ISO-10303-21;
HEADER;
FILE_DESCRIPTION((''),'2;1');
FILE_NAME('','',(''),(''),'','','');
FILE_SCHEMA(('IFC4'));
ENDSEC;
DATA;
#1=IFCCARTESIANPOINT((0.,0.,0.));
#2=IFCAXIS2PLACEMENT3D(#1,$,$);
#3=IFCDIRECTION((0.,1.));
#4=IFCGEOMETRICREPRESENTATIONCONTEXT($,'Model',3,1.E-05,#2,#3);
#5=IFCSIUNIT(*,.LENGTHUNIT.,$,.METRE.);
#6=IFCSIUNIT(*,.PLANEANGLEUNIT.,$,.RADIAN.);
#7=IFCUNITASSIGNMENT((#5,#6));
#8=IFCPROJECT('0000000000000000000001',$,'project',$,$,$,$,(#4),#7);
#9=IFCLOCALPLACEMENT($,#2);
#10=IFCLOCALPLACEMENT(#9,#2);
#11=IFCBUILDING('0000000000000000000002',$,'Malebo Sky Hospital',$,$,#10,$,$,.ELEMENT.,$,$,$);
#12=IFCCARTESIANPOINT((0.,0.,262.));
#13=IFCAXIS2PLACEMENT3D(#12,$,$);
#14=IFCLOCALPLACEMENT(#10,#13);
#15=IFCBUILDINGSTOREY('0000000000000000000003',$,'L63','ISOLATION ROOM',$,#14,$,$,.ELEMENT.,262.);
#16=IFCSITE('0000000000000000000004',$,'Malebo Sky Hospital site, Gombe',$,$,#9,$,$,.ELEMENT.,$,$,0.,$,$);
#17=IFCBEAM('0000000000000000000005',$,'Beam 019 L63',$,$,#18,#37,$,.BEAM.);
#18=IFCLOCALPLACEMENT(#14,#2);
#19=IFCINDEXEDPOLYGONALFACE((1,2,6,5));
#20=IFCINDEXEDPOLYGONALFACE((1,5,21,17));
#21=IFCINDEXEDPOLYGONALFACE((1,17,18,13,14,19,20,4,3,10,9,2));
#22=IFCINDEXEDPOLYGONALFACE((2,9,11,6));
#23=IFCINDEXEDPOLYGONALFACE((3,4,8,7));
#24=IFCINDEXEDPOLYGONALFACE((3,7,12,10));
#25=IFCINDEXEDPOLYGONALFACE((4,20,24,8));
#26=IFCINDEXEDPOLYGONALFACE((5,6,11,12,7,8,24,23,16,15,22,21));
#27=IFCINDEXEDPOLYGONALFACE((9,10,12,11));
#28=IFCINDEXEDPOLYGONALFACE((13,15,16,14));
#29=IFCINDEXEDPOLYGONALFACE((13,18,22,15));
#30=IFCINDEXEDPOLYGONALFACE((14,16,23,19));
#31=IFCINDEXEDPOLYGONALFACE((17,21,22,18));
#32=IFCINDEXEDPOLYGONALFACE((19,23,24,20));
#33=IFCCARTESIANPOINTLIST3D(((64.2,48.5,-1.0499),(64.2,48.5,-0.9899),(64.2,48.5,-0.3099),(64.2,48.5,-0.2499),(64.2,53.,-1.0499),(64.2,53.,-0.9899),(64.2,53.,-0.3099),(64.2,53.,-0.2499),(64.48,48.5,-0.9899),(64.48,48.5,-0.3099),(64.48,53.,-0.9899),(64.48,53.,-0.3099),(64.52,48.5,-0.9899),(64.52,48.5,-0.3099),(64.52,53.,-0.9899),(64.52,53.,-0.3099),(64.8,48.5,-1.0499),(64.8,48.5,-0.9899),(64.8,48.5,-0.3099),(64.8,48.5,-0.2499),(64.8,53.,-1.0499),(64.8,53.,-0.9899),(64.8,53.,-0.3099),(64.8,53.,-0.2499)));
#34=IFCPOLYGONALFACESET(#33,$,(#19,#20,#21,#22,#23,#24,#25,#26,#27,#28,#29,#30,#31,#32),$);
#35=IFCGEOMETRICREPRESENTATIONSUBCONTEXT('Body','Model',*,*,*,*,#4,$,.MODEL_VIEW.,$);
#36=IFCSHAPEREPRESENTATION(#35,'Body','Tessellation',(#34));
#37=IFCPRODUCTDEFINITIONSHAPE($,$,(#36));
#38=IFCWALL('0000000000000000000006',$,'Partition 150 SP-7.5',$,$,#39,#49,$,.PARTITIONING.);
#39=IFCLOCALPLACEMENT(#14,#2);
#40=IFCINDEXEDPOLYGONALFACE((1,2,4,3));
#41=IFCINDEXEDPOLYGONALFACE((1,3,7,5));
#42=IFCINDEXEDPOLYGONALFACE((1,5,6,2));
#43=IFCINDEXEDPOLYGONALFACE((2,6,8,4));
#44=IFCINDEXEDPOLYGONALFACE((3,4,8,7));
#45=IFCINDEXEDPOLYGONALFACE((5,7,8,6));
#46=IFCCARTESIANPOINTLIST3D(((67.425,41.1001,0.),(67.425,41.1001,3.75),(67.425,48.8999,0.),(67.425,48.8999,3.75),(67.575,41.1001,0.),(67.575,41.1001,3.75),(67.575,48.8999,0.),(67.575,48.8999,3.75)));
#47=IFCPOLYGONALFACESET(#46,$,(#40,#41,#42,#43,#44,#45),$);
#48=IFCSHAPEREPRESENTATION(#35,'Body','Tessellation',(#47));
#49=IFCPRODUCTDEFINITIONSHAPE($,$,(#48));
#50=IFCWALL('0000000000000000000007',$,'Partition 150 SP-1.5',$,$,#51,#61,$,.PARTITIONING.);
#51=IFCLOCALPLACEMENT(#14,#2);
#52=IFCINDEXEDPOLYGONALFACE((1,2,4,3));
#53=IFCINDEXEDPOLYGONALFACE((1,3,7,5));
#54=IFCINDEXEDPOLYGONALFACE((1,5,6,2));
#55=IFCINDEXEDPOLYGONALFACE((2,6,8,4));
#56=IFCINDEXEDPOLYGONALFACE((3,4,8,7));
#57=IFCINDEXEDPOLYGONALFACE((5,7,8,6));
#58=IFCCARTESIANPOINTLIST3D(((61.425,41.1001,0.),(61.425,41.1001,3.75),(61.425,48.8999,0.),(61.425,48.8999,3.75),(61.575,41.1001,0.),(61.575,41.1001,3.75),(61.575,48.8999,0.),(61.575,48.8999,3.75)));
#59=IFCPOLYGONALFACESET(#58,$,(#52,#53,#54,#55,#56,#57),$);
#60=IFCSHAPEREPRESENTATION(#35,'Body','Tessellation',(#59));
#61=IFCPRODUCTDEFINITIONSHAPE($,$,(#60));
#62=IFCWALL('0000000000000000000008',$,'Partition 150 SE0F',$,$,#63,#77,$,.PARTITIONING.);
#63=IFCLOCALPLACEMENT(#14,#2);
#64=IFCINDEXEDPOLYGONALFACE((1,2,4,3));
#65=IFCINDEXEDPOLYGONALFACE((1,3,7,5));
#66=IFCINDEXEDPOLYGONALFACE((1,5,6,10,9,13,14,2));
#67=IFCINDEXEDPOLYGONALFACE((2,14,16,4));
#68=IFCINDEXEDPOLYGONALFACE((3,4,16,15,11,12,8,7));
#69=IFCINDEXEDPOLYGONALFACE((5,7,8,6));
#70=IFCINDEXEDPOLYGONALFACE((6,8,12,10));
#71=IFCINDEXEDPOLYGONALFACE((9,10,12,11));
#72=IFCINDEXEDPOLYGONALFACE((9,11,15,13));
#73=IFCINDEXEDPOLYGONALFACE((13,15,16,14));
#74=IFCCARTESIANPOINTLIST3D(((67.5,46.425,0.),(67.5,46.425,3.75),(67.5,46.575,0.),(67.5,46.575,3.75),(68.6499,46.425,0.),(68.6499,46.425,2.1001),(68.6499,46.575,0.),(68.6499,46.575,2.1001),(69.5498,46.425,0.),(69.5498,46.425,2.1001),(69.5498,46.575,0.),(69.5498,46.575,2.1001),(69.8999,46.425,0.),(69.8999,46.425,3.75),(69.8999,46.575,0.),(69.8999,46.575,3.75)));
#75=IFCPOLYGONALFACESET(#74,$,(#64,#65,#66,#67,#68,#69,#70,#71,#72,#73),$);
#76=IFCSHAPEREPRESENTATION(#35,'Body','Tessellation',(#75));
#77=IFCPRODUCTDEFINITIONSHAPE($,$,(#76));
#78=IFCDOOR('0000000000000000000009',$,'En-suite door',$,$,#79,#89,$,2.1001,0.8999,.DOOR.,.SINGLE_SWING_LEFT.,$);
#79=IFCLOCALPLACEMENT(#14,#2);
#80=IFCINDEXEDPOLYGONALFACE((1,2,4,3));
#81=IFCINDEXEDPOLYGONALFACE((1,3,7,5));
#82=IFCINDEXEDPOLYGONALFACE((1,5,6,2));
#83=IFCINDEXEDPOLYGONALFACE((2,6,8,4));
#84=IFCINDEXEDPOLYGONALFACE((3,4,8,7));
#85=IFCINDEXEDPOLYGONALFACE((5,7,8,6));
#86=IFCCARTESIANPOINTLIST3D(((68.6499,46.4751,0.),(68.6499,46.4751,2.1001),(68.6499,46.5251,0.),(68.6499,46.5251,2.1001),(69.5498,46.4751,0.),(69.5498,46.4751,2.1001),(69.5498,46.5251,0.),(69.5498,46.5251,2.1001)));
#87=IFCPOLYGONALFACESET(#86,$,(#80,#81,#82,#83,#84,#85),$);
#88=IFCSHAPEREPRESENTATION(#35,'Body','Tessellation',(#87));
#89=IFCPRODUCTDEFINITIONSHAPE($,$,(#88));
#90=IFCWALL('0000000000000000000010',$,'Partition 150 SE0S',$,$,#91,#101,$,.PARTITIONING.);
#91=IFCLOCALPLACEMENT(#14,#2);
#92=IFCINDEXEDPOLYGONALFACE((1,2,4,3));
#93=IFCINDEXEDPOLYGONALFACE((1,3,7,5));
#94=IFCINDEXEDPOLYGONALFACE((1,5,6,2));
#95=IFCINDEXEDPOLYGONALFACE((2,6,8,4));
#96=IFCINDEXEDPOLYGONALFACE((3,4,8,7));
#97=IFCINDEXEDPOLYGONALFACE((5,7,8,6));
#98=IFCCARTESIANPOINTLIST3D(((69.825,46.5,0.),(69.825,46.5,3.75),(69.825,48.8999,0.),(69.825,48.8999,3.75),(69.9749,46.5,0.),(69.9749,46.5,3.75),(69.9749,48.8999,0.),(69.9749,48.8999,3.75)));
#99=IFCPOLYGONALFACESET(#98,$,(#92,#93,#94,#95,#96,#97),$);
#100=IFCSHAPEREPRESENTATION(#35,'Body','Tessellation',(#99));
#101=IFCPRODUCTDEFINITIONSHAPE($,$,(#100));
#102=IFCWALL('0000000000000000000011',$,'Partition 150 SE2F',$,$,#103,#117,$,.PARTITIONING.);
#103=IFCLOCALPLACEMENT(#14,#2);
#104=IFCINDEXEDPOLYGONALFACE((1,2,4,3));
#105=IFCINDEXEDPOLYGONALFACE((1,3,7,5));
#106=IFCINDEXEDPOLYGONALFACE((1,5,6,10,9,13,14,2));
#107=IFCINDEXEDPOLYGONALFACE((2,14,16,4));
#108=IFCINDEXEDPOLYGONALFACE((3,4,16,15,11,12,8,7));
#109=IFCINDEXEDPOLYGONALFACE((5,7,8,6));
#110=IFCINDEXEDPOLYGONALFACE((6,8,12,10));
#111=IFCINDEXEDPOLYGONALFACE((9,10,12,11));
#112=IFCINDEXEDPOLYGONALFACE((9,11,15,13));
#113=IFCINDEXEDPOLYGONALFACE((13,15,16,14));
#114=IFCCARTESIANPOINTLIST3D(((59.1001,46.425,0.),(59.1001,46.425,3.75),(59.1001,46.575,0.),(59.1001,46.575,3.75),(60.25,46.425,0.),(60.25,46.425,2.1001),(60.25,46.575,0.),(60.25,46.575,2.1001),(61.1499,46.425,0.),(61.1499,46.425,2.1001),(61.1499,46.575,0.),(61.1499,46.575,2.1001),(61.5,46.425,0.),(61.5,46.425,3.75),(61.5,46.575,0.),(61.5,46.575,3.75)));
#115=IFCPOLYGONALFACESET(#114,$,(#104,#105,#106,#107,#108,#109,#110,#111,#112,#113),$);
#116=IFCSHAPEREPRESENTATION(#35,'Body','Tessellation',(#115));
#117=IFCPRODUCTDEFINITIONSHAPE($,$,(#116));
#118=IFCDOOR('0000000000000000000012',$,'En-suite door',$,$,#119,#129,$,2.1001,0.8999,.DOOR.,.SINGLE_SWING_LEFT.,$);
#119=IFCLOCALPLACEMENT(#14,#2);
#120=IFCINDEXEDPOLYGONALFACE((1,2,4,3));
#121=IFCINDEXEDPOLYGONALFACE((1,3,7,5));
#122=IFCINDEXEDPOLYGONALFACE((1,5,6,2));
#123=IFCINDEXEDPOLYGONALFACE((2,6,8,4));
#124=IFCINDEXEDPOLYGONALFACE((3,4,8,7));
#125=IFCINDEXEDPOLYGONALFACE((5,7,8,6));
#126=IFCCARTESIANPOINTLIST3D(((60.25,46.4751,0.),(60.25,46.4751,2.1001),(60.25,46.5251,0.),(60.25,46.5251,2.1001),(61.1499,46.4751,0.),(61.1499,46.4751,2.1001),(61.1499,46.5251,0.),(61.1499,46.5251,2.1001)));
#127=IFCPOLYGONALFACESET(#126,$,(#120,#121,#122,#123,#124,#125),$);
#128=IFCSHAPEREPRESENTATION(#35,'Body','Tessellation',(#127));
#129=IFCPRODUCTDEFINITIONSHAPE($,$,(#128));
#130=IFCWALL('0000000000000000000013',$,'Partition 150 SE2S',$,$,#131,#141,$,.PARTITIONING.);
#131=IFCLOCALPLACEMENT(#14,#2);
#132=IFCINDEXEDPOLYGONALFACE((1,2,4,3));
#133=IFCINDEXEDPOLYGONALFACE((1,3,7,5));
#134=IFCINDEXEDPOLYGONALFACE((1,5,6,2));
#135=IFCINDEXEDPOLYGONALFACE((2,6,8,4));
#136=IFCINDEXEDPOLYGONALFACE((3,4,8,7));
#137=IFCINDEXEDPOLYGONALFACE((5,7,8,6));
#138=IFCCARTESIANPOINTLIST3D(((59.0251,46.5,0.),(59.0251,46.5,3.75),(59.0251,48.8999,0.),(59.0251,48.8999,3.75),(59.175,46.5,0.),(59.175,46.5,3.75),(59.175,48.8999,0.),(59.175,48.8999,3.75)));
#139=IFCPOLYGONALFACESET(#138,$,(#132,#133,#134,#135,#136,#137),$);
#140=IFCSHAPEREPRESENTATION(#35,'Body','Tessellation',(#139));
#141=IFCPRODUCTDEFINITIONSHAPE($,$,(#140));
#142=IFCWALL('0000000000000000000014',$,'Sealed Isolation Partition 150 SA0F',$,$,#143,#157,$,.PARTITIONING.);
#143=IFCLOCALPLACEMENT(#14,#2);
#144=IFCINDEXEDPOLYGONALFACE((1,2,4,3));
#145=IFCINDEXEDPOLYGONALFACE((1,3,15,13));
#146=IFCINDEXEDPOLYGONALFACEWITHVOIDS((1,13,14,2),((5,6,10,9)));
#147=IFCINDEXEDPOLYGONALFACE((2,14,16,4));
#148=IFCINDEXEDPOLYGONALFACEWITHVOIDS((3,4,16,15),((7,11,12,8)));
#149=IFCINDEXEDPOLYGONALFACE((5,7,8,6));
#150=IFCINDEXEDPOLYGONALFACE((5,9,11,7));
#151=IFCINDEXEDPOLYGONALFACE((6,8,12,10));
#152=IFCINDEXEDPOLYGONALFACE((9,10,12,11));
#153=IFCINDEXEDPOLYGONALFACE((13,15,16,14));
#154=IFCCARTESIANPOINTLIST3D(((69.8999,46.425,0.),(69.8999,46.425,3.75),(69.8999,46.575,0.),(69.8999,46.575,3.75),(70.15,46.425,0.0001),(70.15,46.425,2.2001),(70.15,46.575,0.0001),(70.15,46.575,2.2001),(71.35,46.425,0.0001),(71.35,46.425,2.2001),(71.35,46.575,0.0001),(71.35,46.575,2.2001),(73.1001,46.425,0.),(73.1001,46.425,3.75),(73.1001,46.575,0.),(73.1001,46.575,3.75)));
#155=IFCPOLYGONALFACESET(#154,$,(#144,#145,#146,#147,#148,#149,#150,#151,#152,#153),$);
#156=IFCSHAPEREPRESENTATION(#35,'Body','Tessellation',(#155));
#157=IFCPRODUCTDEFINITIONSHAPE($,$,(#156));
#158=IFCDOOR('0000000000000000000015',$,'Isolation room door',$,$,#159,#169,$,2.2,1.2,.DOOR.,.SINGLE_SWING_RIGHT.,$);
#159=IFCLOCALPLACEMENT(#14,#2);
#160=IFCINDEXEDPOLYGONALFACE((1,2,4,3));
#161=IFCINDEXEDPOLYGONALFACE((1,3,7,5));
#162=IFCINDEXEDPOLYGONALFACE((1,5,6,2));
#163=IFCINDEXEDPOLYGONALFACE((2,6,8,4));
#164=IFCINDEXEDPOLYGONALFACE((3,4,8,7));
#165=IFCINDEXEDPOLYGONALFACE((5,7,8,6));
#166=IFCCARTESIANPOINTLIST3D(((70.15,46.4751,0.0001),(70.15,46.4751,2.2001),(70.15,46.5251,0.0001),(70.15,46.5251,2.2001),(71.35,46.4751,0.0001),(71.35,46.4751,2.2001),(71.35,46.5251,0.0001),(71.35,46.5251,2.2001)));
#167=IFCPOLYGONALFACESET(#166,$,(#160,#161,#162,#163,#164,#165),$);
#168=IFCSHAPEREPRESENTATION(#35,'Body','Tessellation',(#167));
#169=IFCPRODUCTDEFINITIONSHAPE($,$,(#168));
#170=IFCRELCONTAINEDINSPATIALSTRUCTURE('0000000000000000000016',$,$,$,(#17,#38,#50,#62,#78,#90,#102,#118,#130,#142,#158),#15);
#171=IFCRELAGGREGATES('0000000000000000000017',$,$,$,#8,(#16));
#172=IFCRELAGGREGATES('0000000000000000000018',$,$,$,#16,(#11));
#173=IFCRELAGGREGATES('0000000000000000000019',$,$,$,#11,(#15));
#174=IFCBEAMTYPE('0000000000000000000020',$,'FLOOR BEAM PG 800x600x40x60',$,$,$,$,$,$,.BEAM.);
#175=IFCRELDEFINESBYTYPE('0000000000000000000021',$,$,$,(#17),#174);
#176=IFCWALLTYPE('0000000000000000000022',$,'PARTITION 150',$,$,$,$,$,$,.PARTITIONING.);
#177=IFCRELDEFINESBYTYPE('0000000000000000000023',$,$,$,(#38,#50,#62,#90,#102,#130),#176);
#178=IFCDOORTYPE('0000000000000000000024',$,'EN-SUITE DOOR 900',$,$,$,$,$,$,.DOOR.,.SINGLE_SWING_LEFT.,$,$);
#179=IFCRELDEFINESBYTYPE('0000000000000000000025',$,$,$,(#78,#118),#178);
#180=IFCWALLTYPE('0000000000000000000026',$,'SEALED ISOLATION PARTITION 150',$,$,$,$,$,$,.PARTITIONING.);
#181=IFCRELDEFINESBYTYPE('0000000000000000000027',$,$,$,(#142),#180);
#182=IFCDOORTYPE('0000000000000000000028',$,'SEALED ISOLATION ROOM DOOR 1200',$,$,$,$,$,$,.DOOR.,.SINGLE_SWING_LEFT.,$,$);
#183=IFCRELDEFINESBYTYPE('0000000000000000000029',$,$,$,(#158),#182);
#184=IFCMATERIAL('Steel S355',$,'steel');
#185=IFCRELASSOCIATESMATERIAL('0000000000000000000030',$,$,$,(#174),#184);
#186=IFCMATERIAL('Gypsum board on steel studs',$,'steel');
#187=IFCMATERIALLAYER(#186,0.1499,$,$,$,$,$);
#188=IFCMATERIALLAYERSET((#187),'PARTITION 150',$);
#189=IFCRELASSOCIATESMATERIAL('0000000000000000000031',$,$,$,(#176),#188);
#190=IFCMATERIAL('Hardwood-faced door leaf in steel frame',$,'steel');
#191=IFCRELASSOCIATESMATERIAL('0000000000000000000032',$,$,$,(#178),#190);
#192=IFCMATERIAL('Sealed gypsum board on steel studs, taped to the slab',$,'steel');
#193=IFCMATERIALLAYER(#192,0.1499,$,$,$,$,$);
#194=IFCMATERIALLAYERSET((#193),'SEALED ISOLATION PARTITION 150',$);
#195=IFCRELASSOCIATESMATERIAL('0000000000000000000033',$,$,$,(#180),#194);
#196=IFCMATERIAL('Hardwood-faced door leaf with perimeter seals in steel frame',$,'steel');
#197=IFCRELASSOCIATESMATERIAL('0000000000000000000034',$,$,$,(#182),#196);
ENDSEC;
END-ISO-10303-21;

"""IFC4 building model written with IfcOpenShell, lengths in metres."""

from ifc_helpers import new_model, si_unit, direction, frame, frame_2d, origin, origin_2d, place, context, subcontext, project, spatial, rectangle, i_section, extrude, material, layer, layer_set, material_profile, profile_set, type_object, element, fill, save


model = new_model("IFC4")

# Units and contexts
model_context = context("Model", 3, precision=1e-05, world=origin(), true_north=direction((0.0, 1.0)))
body_context = subcontext(model_context, "Body", "Model", "MODEL_VIEW")
ifc_project = project(units=[si_unit("LENGTHUNIT", "METRE"), si_unit("PLANEANGLEUNIT", "RADIAN")], contexts=[model_context])

# Site, building, storey
site_placement = place(None, origin())
site = spatial("IfcSite", under=ifc_project, at=site_placement, Name="Malebo Sky Hospital site, Gombe", CompositionType="ELEMENT", RefElevation=0.0)
building_placement = place(site_placement, origin())
building = spatial("IfcBuilding", under=site, at=building_placement, Name="Malebo Sky Hospital", CompositionType="ELEMENT")
storey_placement = place(building_placement, frame((0.0, 0.0, 262.0)))
storey = spatial("IfcBuildingStorey", under=building, at=storey_placement, Name="L63", Description="ISOLATION ROOM", CompositionType="ELEMENT", Elevation=262.0)

# Beam
ifc_material_1 = material(Name="Steel S355", Category="steel")
ifc_material_profile_1 = material_profile(ifc_material_1, i_section(OverallWidth=0.6001, OverallDepth=0.8, WebThickness=0.04, FlangeThickness=0.0601, at=origin_2d()), Name="PG 800x600x40x60")
ifc_profile_set_1 = profile_set([ifc_material_profile_1], Name="Steel S355")
beam_type_1 = type_object("IfcBeamType", Name="FLOOR BEAM PG 800x600x40x60", PredefinedType="BEAM", material=ifc_profile_set_1)
beam_1_placement = place(storey_placement, frame((64.5, 48.5, -0.6499), z_axis=(0.0, 1.0, 0.0), x_axis=(-1.0, 0.0, 0.0)))
element("IfcBeam", 1, at=beam_1_placement, inside=storey, type_object=beam_type_1, Name="Beam 019 L63", PredefinedType="BEAM", context=body_context, shape_type="SweptSolid", body=[
    extrude(i_section(OverallWidth=0.6001, OverallDepth=0.8, WebThickness=0.04, FlangeThickness=0.0601, at=origin_2d()), origin(), (0.0, 0.0, 1.0), 4.5),
])

# Walls
ifc_material_2 = material(Name="Gypsum board on steel studs", Category="steel")
ifc_layer_1 = layer(ifc_material_2, 0.1499)
ifc_layer_set_1 = layer_set([ifc_layer_1], Name="PARTITION 150")
wall_type_1 = type_object("IfcWallType", Name="PARTITION 150", PredefinedType="PARTITIONING", material=ifc_layer_set_1)
for number, where, z_axis, x_axis, name in (
    (2, (67.5, 48.8999, 0.0), (0.0, 0.0, 1.0), (0.0, -1.0, 0.0), "Partition 150 SP-7.5"),
    (3, (61.5, 48.8999, 0.0), (0.0, 0.0, 1.0), (0.0, -1.0, 0.0), "Partition 150 SP-1.5"),
):
    element("IfcWall", number, at=place(storey_placement, frame(where, z_axis=z_axis, x_axis=x_axis)), inside=storey, type_object=wall_type_1, Name=name, PredefinedType="PARTITIONING", context=body_context, shape_type="SweptSolid", body=[
        extrude(rectangle(XDim=7.7998, YDim=0.1499, at=frame_2d((3.8999, 0.0))), origin(), (0.0, 0.0, 1.0), 3.75),
    ])

# Wall, opening, door
wall_1_placement = place(storey_placement, frame((69.8999, 46.5, 0.0), z_axis=(0.0, 0.0, 1.0), x_axis=(-1.0, 0.0, 0.0)))
wall_1 = element("IfcWall", 4, at=wall_1_placement, inside=storey, type_object=wall_type_1, Name="Partition 150 SE0F", PredefinedType="PARTITIONING", context=body_context, shape_type="SweptSolid", body=[
    extrude(rectangle(XDim=2.3999, YDim=0.1499, at=frame_2d((1.2, 0.0))), origin(), (0.0, 0.0, 1.0), 3.75),
])
opening_1_placement = place(wall_1_placement, frame((0.3501, 0.0, 0.0)))
opening_1 = element("IfcOpeningElement", 5, at=opening_1_placement, cuts=wall_1, PredefinedType="OPENING", context=body_context, shape_type="SweptSolid", body=[
    extrude(rectangle(XDim=0.8999, YDim=2.1001, at=frame_2d((0.45, 1.05))), frame((0.0, 0.085, 0.0), z_axis=(0.0, -1.0, 0.0), x_axis=(1.0, 0.0, 0.0)), (0.0, 0.0, 1.0), 0.1699),
])
ifc_material_3 = material(Name="Hardwood-faced door leaf in steel frame", Category="steel")
door_type_1 = type_object("IfcDoorType", Name="EN-SUITE DOOR 900", OperationType="SINGLE_SWING_LEFT", PredefinedType="DOOR", material=ifc_material_3)
door_1_placement = place(opening_1_placement, origin())
door_1 = element("IfcDoor", 6, at=door_1_placement, inside=storey, type_object=door_type_1, Name="En-suite door", OperationType="SINGLE_SWING_LEFT", OverallHeight=2.1001, OverallWidth=0.8999, PredefinedType="DOOR", context=body_context, shape_type="SweptSolid", body=[
    extrude(rectangle(XDim=0.8999, YDim=2.1001, at=frame_2d((0.45, 1.05))), frame((0.0, 0.0249, 0.0), z_axis=(0.0, -1.0, 0.0), x_axis=(1.0, 0.0, 0.0)), (0.0, 0.0, 1.0), 0.05),
])
fill(opening_1, door_1)

# Wall
wall_2_placement = place(storey_placement, frame((69.8999, 48.8999, 0.0), z_axis=(0.0, 0.0, 1.0), x_axis=(0.0, -1.0, 0.0)))
element("IfcWall", 7, at=wall_2_placement, inside=storey, type_object=wall_type_1, Name="Partition 150 SE0S", PredefinedType="PARTITIONING", context=body_context, shape_type="SweptSolid", body=[
    extrude(rectangle(XDim=2.3999, YDim=0.1499, at=frame_2d((1.2, 0.0))), origin(), (0.0, 0.0, 1.0), 3.75),
])

# Wall, opening, door
wall_3_placement = place(storey_placement, frame((61.5, 46.5, 0.0), z_axis=(0.0, 0.0, 1.0), x_axis=(-1.0, 0.0, 0.0)))
wall_3 = element("IfcWall", 8, at=wall_3_placement, inside=storey, type_object=wall_type_1, Name="Partition 150 SE2F", PredefinedType="PARTITIONING", context=body_context, shape_type="SweptSolid", body=[
    extrude(rectangle(XDim=2.3999, YDim=0.1499, at=frame_2d((1.2, 0.0))), origin(), (0.0, 0.0, 1.0), 3.75),
])
opening_2_placement = place(wall_3_placement, frame((0.3501, 0.0, 0.0)))
opening_2 = element("IfcOpeningElement", 9, at=opening_2_placement, cuts=wall_3, PredefinedType="OPENING", context=body_context, shape_type="SweptSolid", body=[
    extrude(rectangle(XDim=0.8999, YDim=2.1001, at=frame_2d((0.45, 1.05))), frame((0.0, 0.085, 0.0), z_axis=(0.0, -1.0, 0.0), x_axis=(1.0, 0.0, 0.0)), (0.0, 0.0, 1.0), 0.1699),
])
door_2_placement = place(opening_2_placement, origin())
door_2 = element("IfcDoor", 10, at=door_2_placement, inside=storey, type_object=door_type_1, Name="En-suite door", OperationType="SINGLE_SWING_LEFT", OverallHeight=2.1001, OverallWidth=0.8999, PredefinedType="DOOR", context=body_context, shape_type="SweptSolid", body=[
    extrude(rectangle(XDim=0.8999, YDim=2.1001, at=frame_2d((0.45, 1.05))), frame((0.0, 0.0249, 0.0), z_axis=(0.0, -1.0, 0.0), x_axis=(1.0, 0.0, 0.0)), (0.0, 0.0, 1.0), 0.05),
])
fill(opening_2, door_2)

# Wall
wall_4_placement = place(storey_placement, frame((59.1001, 48.8999, 0.0), z_axis=(0.0, 0.0, 1.0), x_axis=(0.0, -1.0, 0.0)))
element("IfcWall", 11, at=wall_4_placement, inside=storey, type_object=wall_type_1, Name="Partition 150 SE2S", PredefinedType="PARTITIONING", context=body_context, shape_type="SweptSolid", body=[
    extrude(rectangle(XDim=2.3999, YDim=0.1499, at=frame_2d((1.2, 0.0))), origin(), (0.0, 0.0, 1.0), 3.75),
])

# Wall, opening, door
ifc_material_4 = material(Name="Sealed gypsum board on steel studs, taped to the slab", Category="steel")
ifc_layer_2 = layer(ifc_material_4, 0.1499)
ifc_layer_set_2 = layer_set([ifc_layer_2], Name="SEALED ISOLATION PARTITION 150")
wall_type_2 = type_object("IfcWallType", Name="SEALED ISOLATION PARTITION 150", PredefinedType="PARTITIONING", material=ifc_layer_set_2)
wall_5_placement = place(storey_placement, frame((73.1001, 46.5, 0.0), z_axis=(0.0, 0.0, 1.0), x_axis=(-1.0, 0.0, 0.0)))
wall_5 = element("IfcWall", 12, at=wall_5_placement, inside=storey, type_object=wall_type_2, Name="Sealed Isolation Partition 150 SA0F", PredefinedType="PARTITIONING", context=body_context, shape_type="SweptSolid", body=[
    extrude(rectangle(XDim=3.2002, YDim=0.1499, at=frame_2d((1.6001, 0.0))), origin(), (0.0, 0.0, 1.0), 3.75),
])
opening_3_placement = place(wall_5_placement, frame((1.75, 0.0, 0.0)))
opening_3 = element("IfcOpeningElement", 13, at=opening_3_placement, cuts=wall_5, PredefinedType="OPENING", context=body_context, shape_type="SweptSolid", body=[
    extrude(rectangle(XDim=1.2, YDim=2.2, at=frame_2d((0.6001, 1.1001))), frame((0.0, 0.085, 0.0), z_axis=(0.0, -1.0, 0.0), x_axis=(1.0, 0.0, 0.0)), (0.0, 0.0, 1.0), 0.1699),
])
ifc_material_5 = material(Name="Hardwood-faced door leaf with perimeter seals in steel frame", Category="steel")
door_type_2 = type_object("IfcDoorType", Name="SEALED ISOLATION ROOM DOOR 1200", OperationType="SINGLE_SWING_LEFT", PredefinedType="DOOR", material=ifc_material_5)
door_3_placement = place(opening_3_placement, origin())
door_3 = element("IfcDoor", 14, at=door_3_placement, inside=storey, type_object=door_type_2, Name="Isolation room door", OperationType="SINGLE_SWING_RIGHT", OverallHeight=2.2, OverallWidth=1.2, PredefinedType="DOOR", context=body_context, shape_type="SweptSolid", body=[
    extrude(rectangle(XDim=1.2, YDim=2.2, at=frame_2d((0.6001, 1.1001))), frame((0.0, 0.0249, 0.0), z_axis=(0.0, -1.0, 0.0), x_axis=(1.0, 0.0, 0.0)), (0.0, 0.0, 1.0), 0.05),
])
fill(opening_3, door_3)

save(model, "model.ifc")
